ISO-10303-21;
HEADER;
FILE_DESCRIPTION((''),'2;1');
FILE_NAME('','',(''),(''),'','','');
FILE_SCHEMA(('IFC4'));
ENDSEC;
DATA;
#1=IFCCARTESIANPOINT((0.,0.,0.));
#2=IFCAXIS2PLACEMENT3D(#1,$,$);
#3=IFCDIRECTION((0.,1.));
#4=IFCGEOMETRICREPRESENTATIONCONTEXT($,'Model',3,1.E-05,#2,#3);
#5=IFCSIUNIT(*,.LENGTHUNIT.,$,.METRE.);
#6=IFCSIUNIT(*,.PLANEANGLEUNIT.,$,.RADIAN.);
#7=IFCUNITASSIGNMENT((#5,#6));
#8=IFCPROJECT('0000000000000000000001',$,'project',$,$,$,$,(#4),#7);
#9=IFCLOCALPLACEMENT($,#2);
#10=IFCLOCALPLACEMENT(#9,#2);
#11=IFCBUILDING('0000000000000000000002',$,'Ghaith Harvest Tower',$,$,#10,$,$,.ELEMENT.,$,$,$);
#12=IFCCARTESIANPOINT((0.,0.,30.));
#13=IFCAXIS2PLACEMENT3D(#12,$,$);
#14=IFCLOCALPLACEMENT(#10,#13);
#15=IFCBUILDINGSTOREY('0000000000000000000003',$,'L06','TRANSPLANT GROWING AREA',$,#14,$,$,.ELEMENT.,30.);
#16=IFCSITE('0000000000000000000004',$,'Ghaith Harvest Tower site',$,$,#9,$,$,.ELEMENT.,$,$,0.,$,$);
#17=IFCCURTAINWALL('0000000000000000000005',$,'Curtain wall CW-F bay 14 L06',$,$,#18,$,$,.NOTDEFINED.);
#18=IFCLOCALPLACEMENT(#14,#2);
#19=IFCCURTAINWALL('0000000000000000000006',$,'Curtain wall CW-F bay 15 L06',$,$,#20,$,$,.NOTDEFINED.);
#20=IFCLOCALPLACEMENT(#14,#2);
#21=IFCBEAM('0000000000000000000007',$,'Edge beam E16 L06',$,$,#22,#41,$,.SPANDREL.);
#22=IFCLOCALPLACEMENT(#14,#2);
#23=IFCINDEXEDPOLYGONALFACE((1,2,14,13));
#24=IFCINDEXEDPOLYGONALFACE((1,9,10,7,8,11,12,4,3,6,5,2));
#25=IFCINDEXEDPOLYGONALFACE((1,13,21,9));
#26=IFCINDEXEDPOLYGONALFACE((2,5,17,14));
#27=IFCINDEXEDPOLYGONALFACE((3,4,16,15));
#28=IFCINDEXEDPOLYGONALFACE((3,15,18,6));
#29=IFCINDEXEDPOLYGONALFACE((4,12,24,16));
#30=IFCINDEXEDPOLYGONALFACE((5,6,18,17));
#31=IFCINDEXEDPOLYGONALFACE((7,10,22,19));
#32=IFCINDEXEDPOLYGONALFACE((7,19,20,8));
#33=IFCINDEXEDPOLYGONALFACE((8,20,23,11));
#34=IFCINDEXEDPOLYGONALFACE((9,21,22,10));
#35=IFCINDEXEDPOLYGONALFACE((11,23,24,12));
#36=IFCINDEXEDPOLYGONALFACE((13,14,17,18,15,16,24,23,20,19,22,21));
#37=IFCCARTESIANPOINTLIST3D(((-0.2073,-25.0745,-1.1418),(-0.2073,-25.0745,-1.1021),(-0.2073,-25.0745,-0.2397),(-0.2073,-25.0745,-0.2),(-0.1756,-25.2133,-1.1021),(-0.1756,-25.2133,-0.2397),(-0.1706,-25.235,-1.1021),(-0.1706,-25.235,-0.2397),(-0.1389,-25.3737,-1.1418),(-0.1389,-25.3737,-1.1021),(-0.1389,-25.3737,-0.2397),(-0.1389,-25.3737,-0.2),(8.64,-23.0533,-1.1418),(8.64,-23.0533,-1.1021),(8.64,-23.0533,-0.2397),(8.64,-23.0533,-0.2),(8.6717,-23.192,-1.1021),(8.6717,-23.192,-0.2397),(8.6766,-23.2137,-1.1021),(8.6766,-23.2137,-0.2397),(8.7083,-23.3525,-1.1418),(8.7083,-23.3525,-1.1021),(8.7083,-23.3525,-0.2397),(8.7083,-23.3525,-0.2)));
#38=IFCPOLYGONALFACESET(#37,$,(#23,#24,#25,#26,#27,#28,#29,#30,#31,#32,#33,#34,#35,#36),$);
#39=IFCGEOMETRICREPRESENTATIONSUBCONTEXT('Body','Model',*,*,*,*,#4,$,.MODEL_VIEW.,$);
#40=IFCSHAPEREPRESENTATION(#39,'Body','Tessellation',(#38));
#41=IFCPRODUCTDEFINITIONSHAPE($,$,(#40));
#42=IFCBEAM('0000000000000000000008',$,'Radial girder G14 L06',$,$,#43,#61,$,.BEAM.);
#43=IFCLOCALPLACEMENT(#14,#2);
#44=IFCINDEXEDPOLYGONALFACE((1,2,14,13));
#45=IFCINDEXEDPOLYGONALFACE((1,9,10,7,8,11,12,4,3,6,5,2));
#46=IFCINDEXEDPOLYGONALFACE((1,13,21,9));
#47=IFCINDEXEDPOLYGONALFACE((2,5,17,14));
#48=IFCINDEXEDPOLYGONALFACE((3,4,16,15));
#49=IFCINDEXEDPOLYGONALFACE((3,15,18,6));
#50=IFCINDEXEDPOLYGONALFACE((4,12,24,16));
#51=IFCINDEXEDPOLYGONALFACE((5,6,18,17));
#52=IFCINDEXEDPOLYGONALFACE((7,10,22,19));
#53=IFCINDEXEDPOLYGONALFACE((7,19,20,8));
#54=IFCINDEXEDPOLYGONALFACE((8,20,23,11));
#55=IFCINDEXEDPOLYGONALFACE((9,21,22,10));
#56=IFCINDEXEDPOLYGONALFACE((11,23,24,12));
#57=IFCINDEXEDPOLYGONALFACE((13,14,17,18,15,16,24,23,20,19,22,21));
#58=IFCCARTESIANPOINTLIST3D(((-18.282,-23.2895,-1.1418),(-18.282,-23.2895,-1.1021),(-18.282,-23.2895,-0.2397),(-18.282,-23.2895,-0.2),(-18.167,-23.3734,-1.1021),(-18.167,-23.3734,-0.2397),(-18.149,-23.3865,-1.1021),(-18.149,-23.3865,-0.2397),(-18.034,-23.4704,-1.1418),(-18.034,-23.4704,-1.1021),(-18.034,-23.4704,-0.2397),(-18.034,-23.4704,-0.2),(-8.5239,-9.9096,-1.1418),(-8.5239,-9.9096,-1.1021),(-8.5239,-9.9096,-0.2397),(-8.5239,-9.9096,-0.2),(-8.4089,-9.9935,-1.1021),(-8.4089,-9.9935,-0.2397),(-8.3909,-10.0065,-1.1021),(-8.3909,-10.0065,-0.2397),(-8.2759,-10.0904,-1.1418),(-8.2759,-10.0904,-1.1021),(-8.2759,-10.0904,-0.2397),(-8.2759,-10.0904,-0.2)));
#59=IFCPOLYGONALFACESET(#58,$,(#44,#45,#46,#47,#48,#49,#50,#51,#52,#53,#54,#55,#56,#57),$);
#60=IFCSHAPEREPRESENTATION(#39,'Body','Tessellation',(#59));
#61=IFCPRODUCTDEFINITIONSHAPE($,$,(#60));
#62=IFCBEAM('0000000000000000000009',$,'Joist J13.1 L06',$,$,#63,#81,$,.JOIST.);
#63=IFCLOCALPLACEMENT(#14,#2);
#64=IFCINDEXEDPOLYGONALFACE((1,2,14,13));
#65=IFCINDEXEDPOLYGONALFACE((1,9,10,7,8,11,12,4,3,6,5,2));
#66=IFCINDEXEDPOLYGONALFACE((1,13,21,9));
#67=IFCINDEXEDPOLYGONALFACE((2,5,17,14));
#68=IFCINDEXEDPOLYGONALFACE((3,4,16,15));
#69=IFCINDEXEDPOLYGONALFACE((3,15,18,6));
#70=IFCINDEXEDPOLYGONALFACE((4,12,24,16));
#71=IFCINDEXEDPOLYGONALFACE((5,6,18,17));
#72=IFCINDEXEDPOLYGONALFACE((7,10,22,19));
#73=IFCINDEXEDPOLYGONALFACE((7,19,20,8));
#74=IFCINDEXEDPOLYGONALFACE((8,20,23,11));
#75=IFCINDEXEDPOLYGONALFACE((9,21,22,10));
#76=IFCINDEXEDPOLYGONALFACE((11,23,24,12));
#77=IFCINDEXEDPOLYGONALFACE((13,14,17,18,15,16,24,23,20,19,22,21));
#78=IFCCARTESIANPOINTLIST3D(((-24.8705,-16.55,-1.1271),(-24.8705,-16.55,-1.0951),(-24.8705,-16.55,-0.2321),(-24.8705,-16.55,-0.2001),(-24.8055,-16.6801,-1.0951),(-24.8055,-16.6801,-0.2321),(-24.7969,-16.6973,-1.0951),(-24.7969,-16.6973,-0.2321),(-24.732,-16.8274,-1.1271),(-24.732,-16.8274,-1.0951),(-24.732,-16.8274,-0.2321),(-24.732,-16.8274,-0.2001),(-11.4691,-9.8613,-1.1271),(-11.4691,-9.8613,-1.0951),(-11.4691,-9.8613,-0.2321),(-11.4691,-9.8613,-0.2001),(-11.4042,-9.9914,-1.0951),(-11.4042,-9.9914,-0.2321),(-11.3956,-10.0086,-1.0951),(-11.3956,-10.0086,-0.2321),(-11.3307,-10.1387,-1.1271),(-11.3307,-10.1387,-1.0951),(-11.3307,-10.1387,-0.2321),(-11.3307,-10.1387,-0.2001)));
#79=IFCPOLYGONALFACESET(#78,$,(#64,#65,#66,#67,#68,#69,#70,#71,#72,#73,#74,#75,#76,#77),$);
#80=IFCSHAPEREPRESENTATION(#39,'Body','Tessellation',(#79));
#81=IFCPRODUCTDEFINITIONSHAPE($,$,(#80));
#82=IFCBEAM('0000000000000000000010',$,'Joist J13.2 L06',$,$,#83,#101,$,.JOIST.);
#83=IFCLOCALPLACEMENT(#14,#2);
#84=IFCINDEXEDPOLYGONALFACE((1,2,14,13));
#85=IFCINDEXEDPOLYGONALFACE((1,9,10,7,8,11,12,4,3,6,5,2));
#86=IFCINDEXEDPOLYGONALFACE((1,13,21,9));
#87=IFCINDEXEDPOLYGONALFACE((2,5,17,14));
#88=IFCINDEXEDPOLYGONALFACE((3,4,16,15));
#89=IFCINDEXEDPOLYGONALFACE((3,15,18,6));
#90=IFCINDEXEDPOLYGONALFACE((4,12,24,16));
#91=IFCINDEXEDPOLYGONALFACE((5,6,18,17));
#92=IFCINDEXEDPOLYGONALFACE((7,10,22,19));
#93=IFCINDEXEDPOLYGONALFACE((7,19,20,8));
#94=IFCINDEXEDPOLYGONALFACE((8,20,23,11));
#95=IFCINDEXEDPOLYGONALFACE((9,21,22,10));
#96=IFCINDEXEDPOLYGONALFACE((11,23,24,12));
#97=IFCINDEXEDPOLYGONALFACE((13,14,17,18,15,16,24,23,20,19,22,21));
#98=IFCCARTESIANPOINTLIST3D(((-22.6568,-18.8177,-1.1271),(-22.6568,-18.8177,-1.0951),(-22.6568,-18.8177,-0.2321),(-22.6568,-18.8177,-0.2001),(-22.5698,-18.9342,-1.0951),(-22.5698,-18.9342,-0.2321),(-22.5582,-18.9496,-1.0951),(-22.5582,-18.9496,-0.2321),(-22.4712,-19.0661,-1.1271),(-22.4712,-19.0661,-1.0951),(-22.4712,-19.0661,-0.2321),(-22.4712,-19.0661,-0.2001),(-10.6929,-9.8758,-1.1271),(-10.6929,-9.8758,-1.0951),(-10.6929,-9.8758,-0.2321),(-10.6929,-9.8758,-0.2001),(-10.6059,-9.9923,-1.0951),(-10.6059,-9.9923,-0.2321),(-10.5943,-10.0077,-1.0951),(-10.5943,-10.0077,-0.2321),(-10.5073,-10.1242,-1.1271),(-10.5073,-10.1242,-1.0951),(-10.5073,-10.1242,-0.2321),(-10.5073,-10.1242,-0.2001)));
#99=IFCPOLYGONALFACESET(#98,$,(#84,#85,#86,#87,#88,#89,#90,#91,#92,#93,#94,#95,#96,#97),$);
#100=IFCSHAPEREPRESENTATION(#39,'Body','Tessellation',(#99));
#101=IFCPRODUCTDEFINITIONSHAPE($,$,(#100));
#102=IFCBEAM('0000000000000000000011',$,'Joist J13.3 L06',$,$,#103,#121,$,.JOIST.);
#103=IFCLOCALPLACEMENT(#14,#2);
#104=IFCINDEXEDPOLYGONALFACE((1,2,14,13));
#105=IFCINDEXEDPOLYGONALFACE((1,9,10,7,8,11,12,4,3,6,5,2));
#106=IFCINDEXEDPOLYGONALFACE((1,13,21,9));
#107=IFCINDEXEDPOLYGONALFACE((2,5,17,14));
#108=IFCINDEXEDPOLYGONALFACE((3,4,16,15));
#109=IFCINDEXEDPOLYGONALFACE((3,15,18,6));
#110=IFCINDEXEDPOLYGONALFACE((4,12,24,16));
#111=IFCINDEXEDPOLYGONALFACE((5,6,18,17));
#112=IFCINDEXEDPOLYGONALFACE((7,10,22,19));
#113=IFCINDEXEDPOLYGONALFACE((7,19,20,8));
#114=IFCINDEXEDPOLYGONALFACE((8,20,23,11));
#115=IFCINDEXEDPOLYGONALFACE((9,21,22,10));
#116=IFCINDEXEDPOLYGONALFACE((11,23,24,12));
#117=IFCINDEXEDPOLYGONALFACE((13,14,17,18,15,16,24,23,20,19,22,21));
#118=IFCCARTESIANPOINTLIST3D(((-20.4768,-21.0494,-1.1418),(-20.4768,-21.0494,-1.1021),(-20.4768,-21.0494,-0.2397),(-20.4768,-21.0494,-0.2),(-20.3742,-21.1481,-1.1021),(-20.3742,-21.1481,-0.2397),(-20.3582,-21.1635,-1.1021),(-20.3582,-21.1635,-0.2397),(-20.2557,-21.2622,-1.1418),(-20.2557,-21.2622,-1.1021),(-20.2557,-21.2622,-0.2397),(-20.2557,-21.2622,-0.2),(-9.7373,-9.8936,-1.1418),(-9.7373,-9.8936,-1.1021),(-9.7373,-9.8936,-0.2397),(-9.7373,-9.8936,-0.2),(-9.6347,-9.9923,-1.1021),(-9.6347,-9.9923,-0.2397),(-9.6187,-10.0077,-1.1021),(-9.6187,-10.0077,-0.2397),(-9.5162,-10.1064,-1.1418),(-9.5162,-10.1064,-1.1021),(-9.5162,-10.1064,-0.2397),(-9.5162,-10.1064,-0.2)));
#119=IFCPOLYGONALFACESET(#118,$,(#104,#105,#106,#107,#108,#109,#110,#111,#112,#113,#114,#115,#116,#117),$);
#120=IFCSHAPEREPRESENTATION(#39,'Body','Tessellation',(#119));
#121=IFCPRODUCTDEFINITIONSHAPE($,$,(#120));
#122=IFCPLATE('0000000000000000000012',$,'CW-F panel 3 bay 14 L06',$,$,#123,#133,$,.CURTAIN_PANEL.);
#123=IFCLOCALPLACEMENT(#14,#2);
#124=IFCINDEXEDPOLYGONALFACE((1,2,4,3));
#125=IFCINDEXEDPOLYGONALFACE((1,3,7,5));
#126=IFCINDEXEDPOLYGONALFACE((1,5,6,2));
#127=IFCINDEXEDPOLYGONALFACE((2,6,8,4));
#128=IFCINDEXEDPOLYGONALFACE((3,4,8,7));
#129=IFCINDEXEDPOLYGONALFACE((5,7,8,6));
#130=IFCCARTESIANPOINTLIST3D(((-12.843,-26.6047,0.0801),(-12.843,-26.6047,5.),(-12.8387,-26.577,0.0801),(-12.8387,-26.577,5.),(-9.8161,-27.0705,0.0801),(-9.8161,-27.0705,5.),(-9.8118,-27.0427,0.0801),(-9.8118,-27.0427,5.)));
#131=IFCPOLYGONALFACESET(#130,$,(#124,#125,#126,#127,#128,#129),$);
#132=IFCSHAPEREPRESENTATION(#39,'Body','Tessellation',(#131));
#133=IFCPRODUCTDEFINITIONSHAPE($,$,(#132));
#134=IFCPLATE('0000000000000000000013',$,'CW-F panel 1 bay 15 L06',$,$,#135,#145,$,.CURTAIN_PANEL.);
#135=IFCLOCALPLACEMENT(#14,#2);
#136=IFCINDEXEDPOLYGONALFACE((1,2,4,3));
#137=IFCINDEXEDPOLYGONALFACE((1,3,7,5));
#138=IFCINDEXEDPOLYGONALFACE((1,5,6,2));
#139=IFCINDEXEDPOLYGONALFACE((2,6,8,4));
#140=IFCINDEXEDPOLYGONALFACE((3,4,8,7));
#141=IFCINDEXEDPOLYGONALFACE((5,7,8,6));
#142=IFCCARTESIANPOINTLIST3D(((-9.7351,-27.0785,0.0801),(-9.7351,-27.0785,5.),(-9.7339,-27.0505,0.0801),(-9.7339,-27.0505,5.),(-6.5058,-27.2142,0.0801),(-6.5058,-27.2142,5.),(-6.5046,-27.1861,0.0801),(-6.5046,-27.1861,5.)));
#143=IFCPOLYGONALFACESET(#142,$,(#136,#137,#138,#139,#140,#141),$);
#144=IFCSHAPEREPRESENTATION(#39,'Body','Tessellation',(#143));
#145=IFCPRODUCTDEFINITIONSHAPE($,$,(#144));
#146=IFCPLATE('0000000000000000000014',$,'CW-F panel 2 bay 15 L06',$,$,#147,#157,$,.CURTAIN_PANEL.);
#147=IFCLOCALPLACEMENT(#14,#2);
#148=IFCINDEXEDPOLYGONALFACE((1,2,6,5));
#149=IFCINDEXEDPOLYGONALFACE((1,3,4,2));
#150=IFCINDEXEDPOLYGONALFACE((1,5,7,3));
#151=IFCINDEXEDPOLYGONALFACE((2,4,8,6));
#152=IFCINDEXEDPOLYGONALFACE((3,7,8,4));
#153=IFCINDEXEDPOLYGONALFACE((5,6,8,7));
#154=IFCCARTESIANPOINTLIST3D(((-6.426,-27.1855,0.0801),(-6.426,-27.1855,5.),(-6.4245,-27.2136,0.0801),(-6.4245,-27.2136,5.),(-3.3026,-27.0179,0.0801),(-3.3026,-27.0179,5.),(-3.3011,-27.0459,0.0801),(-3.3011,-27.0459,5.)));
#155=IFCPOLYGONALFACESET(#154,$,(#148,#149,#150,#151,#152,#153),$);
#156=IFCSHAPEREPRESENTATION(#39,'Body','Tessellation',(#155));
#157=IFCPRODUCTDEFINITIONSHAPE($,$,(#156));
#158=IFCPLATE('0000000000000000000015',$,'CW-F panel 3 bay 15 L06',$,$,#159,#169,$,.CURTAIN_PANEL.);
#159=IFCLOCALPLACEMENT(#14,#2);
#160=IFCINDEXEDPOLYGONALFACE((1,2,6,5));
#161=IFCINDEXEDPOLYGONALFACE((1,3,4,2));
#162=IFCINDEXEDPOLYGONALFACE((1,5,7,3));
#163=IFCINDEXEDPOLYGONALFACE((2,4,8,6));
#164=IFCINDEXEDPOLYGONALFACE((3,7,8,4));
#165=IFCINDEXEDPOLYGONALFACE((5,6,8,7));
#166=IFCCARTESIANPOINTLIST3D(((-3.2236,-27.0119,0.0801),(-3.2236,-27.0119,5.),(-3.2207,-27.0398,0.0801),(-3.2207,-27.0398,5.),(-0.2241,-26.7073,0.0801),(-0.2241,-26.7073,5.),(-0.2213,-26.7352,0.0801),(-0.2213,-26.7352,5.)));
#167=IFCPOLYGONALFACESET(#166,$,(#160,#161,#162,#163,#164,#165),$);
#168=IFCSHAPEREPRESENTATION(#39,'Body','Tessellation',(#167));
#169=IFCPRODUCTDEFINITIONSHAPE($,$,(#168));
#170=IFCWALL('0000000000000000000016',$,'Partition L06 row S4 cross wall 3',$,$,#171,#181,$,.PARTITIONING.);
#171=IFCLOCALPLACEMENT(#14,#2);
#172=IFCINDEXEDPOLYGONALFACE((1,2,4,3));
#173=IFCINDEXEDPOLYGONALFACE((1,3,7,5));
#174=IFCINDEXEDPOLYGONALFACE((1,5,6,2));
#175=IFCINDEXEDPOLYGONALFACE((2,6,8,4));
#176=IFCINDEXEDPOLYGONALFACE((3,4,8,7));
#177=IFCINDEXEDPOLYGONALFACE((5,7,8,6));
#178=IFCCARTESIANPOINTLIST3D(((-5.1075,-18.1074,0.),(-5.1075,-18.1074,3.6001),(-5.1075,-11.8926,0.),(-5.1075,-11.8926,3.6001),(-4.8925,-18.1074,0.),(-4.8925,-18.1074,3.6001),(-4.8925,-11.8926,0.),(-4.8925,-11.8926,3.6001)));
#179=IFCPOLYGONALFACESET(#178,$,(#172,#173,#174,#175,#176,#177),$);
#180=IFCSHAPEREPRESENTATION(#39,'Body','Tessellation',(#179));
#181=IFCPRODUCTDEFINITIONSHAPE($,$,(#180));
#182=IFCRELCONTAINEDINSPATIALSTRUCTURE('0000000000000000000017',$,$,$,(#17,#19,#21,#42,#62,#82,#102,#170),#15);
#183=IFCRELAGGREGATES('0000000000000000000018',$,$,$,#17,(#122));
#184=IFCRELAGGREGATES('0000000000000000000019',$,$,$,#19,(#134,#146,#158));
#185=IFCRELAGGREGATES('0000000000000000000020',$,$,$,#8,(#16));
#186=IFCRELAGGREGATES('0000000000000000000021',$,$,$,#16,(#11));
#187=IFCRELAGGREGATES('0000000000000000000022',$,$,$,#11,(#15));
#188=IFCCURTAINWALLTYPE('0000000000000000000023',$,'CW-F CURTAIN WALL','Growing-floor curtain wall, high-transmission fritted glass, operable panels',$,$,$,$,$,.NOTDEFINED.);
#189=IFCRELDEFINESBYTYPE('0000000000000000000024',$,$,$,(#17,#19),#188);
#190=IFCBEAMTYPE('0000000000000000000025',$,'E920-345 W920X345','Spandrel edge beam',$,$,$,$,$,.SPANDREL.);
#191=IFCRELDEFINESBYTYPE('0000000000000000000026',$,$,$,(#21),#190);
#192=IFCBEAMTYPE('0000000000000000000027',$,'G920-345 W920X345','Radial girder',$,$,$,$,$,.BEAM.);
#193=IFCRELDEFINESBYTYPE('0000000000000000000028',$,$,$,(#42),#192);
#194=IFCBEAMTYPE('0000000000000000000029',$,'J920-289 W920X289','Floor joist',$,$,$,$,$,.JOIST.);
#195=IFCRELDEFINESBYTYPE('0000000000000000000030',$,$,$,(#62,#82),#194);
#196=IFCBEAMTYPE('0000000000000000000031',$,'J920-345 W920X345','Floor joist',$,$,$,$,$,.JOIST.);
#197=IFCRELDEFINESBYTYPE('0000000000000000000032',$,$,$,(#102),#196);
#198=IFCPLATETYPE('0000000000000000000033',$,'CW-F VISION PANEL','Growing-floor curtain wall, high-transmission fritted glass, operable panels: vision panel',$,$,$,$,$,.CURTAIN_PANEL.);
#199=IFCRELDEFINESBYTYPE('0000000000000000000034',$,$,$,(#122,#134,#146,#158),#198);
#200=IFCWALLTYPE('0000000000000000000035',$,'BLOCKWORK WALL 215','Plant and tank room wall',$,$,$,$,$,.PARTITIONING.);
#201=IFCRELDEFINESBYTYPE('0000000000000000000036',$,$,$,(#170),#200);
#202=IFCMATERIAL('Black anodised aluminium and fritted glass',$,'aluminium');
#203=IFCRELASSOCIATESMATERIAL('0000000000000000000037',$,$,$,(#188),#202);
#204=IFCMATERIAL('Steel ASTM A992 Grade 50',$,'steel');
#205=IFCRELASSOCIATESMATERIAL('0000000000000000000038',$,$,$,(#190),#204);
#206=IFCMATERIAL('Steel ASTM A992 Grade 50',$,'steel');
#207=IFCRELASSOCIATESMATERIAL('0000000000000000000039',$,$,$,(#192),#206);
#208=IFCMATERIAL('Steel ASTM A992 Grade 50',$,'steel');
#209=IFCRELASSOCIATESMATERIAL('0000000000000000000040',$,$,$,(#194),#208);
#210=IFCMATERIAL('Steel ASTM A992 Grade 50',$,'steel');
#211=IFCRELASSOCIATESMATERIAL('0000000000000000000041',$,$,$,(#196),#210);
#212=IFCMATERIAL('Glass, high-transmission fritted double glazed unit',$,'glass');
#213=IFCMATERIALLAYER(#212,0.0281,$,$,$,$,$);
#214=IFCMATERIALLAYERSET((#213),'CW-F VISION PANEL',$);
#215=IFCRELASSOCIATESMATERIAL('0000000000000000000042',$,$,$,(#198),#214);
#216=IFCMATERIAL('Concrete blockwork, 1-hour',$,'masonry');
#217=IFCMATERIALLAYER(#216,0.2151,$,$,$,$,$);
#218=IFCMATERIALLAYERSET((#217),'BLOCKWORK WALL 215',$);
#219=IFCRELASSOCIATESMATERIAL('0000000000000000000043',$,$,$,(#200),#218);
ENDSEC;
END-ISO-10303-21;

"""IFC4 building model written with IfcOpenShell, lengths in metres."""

from ifc_helpers import new_model, si_unit, direction, frame, frame_2d, origin, origin_2d, place, context, subcontext, project, spatial, rectangle, i_section, extrude, material, layer, layer_set, material_profile, profile_set, type_object, element, aggregate, save


model = new_model("IFC4")

# Units and contexts
model_context = context("Model", 3, precision=1e-05, world=origin(), true_north=direction((0.0, 1.0)))
body_context = subcontext(model_context, "Body", "Model", "MODEL_VIEW")
ifc_project = project(units=[si_unit("LENGTHUNIT", "METRE"), si_unit("PLANEANGLEUNIT", "RADIAN")], contexts=[model_context])

# Site, building, storey
site_placement = place(None, origin())
site = spatial("IfcSite", under=ifc_project, at=site_placement, Name="Ghaith Harvest Tower site", CompositionType="ELEMENT", RefElevation=0.0)
building_placement = place(site_placement, origin())
building = spatial("IfcBuilding", under=site, at=building_placement, Name="Ghaith Harvest Tower", CompositionType="ELEMENT")
storey_placement = place(building_placement, frame((0.0, 0.0, 30.0)))
storey = spatial("IfcBuildingStorey", under=building, at=storey_placement, Name="L06", Description="TRANSPLANT GROWING AREA", CompositionType="ELEMENT", Elevation=30.0)

# Curtain wall
ifc_material_1 = material(Name="Black anodised aluminium and fritted glass", Category="aluminium")
curtain_wall_type = type_object("IfcCurtainWallType", Name="CW-F CURTAIN WALL", Description="Growing-floor curtain wall, high-transmission fritted glass, operable panels", PredefinedType="NOTDEFINED", material=ifc_material_1)
curtain_wall_1_placement = place(storey_placement, origin())
curtain_wall_1 = element("IfcCurtainWall", 1, at=curtain_wall_1_placement, inside=storey, type_object=curtain_wall_type, Name="Curtain wall CW-F bay 14 L06", PredefinedType="NOTDEFINED")

# Curtain wall
curtain_wall_2_placement = place(storey_placement, origin())
curtain_wall_2 = element("IfcCurtainWall", 2, at=curtain_wall_2_placement, inside=storey, type_object=curtain_wall_type, Name="Curtain wall CW-F bay 15 L06", PredefinedType="NOTDEFINED")

# Beams
ifc_material_2 = material(Name="Steel ASTM A992 Grade 50", Category="steel")
ifc_material_profile_1 = material_profile(ifc_material_2, i_section(OverallWidth=0.3069, OverallDepth=0.9419, WebThickness=0.0222, FlangeThickness=0.0398, at=origin_2d()), Name="W920X345")
ifc_profile_set_1 = profile_set([ifc_material_profile_1], Name="Steel ASTM A992 Grade 50")
beam_type_1 = type_object("IfcBeamType", Name="E920-345 W920X345", Description="Spandrel edge beam", PredefinedType="SPANDREL", material=ifc_profile_set_1)
beam_1_placement = place(storey_placement, frame((-0.1731, -25.2241, -0.6709), z_axis=(0.974882, 0.222723, 0.0), x_axis=(-0.222723, 0.974882, 0.0)))
element("IfcBeam", 3, at=beam_1_placement, inside=storey, type_object=beam_type_1, Name="Edge beam E16 L06", PredefinedType="SPANDREL", context=body_context, shape_type="SweptSolid", body=[
    extrude(i_section(OverallWidth=0.3069, OverallDepth=0.9419, WebThickness=0.0222, FlangeThickness=0.0398, at=origin_2d()), origin(), (0.0, 0.0, 1.0), 9.0752),
])
ifc_material_3 = material(Name="Steel ASTM A992 Grade 50", Category="steel")
ifc_material_profile_2 = material_profile(ifc_material_3, i_section(OverallWidth=0.3069, OverallDepth=0.9419, WebThickness=0.0222, FlangeThickness=0.0398, at=origin_2d()), Name="W920X345")
ifc_profile_set_2 = profile_set([ifc_material_profile_2], Name="Steel ASTM A992 Grade 50")
beam_type_2 = type_object("IfcBeamType", Name="G920-345 W920X345", Description="Radial girder", PredefinedType="BEAM", material=ifc_profile_set_2)
beam_2_placement = place(storey_placement, frame((-8.3999, -10.0, -0.6709), z_axis=(-0.589247, -0.807953, 0.0), x_axis=(0.807953, -0.589247, 0.0)))
element("IfcBeam", 4, at=beam_2_placement, inside=storey, type_object=beam_type_2, Name="Radial girder G14 L06", PredefinedType="BEAM", context=body_context, shape_type="SweptSolid", body=[
    extrude(i_section(OverallWidth=0.3069, OverallDepth=0.9419, WebThickness=0.0222, FlangeThickness=0.0398, at=origin_2d()), origin(), (0.0, 0.0, 1.0), 16.5603),
])
ifc_material_4 = material(Name="Steel ASTM A992 Grade 50", Category="steel")
ifc_material_profile_3 = material_profile(ifc_material_4, i_section(OverallWidth=0.3101, OverallDepth=0.927, WebThickness=0.0193, FlangeThickness=0.032, at=origin_2d()), Name="W920X289")
ifc_profile_set_3 = profile_set([ifc_material_profile_3], Name="Steel ASTM A992 Grade 50")
beam_type_3 = type_object("IfcBeamType", Name="J920-289 W920X289", Description="Floor joist", PredefinedType="JOIST", material=ifc_profile_set_3)
beam_3_placement = place(storey_placement, frame((-11.3999, -10.0, -0.6636), z_axis=(-0.894746, -0.446575, 0.0), x_axis=(0.446575, -0.894746, 0.0)))
element("IfcBeam", 5, at=beam_3_placement, inside=storey, type_object=beam_type_3, Name="Joist J13.1 L06", PredefinedType="JOIST", context=body_context, shape_type="SweptSolid", body=[
    extrude(i_section(OverallWidth=0.3101, OverallDepth=0.927, WebThickness=0.0193, FlangeThickness=0.032, at=origin_2d()), origin(), (0.0, 0.0, 1.0), 14.9778),
])
beam_4_placement = place(storey_placement, frame((-10.6001, -10.0, -0.6636), z_axis=(-0.800995, -0.598671, 0.0), x_axis=(0.598671, -0.800995, 0.0)))
element("IfcBeam", 6, at=beam_4_placement, inside=storey, type_object=beam_type_3, Name="Joist J13.2 L06", PredefinedType="JOIST", context=body_context, shape_type="SweptSolid", body=[
    extrude(i_section(OverallWidth=0.3101, OverallDepth=0.927, WebThickness=0.0193, FlangeThickness=0.032, at=origin_2d()), origin(), (0.0, 0.0, 1.0), 14.9363),
])
ifc_material_5 = material(Name="Steel ASTM A992 Grade 50", Category="steel")
ifc_material_profile_4 = material_profile(ifc_material_5, i_section(OverallWidth=0.3069, OverallDepth=0.9419, WebThickness=0.0222, FlangeThickness=0.0398, at=origin_2d()), Name="W920X345")
ifc_profile_set_4 = profile_set([ifc_material_profile_4], Name="Steel ASTM A992 Grade 50")
beam_type_4 = type_object("IfcBeamType", Name="J920-345 W920X345", Description="Floor joist", PredefinedType="JOIST", material=ifc_profile_set_4)
beam_5_placement = place(storey_placement, frame((-9.6267, -10.0, -0.6709), z_axis=(-0.693538, -0.72042, 0.0), x_axis=(0.72042, -0.693538, 0.0)))
element("IfcBeam", 7, at=beam_5_placement, inside=storey, type_object=beam_type_4, Name="Joist J13.3 L06", PredefinedType="JOIST", context=body_context, shape_type="SweptSolid", body=[
    extrude(i_section(OverallWidth=0.3069, OverallDepth=0.9419, WebThickness=0.0222, FlangeThickness=0.0398, at=origin_2d()), origin(), (0.0, 0.0, 1.0), 15.4851),
])

# Plates
ifc_material_6 = material(Name="Glass, high-transmission fritted double glazed unit", Category="glass")
ifc_layer_1 = layer(ifc_material_6, 0.0281)
ifc_layer_set_1 = layer_set([ifc_layer_1], Name="CW-F VISION PANEL")
plate_type = type_object("IfcPlateType", Name="CW-F VISION PANEL", Description="Growing-floor curtain wall, high-transmission fritted glass, operable panels: vision panel", PredefinedType="CURTAIN_PANEL", material=ifc_layer_set_1)
plate_1_placement = place(storey_placement, frame((-11.3274, -26.8237, 0.0801), z_axis=(0.0, 0.0, 1.0), x_axis=(0.98837, -0.152069, 0.0)))
plate_1 = element("IfcPlate", 8, at=plate_1_placement, type_object=plate_type, Name="CW-F panel 3 bay 14 L06", PredefinedType="CURTAIN_PANEL", context=body_context, shape_type="SweptSolid", body=[
    extrude(rectangle(XDim=3.0625, YDim=0.0281, at=origin_2d()), origin(), (0.0, 0.0, 1.0), 4.9199),
])
aggregate(curtain_wall_1, [plate_1])
plate_2_placement = place(storey_placement, frame((-8.1199, -27.1323, 0.0801), z_axis=(0.0, 0.0, 1.0), x_axis=(0.999119, -0.041967, 0.0)))
plate_2 = element("IfcPlate", 9, at=plate_2_placement, type_object=plate_type, Name="CW-F panel 1 bay 15 L06", PredefinedType="CURTAIN_PANEL", context=body_context, shape_type="SweptSolid", body=[
    extrude(rectangle(XDim=3.2322, YDim=0.0281, at=origin_2d()), origin(), (0.0, 0.0, 1.0), 4.9199),
])
plate_3_placement = place(storey_placement, frame((-4.8635, -27.1157, 0.0801), z_axis=(0.0, 0.0, 1.0), x_axis=(0.998563, 0.0536, 0.0)))
plate_3 = element("IfcPlate", 10, at=plate_3_placement, type_object=plate_type, Name="CW-F panel 2 bay 15 L06", PredefinedType="CURTAIN_PANEL", context=body_context, shape_type="SweptSolid", body=[
    extrude(rectangle(XDim=3.1279, YDim=0.0281, at=origin_2d()), origin(), (0.0, 0.0, 1.0), 4.9199),
])
plate_4_placement = place(storey_placement, frame((-1.7224, -26.8735, 0.0801), z_axis=(0.0, 0.0, 1.0), x_axis=(0.994882, 0.101041, 0.0)))
plate_4 = element("IfcPlate", 11, at=plate_4_placement, type_object=plate_type, Name="CW-F panel 3 bay 15 L06", PredefinedType="CURTAIN_PANEL", context=body_context, shape_type="SweptSolid", body=[
    extrude(rectangle(XDim=3.0149, YDim=0.0281, at=origin_2d()), origin(), (0.0, 0.0, 1.0), 4.9199),
])
aggregate(curtain_wall_2, [plate_2, plate_3, plate_4])

# Wall
ifc_material_7 = material(Name="Concrete blockwork, 1-hour", Category="masonry")
ifc_layer_2 = layer(ifc_material_7, 0.2151)
ifc_layer_set_2 = layer_set([ifc_layer_2], Name="BLOCKWORK WALL 215")
wall_type_1 = type_object("IfcWallType", Name="BLOCKWORK WALL 215", Description="Plant and tank room wall", PredefinedType="PARTITIONING", material=ifc_layer_set_2)
wall_1_placement = place(storey_placement, frame((-5.0, -11.8926, 0.0), z_axis=(0.0, 0.0, 1.0), x_axis=(0.0, -1.0, 0.0)))
element("IfcWall", 12, at=wall_1_placement, inside=storey, type_object=wall_type_1, Name="Partition L06 row S4 cross wall 3", PredefinedType="PARTITIONING", context=body_context, shape_type="SweptSolid", body=[
    extrude(rectangle(XDim=6.2148, YDim=0.2151, at=frame_2d((3.1074, 0.0))), origin(), (0.0, 0.0, 1.0), 3.6001),
])

save(model, "model.ifc")
